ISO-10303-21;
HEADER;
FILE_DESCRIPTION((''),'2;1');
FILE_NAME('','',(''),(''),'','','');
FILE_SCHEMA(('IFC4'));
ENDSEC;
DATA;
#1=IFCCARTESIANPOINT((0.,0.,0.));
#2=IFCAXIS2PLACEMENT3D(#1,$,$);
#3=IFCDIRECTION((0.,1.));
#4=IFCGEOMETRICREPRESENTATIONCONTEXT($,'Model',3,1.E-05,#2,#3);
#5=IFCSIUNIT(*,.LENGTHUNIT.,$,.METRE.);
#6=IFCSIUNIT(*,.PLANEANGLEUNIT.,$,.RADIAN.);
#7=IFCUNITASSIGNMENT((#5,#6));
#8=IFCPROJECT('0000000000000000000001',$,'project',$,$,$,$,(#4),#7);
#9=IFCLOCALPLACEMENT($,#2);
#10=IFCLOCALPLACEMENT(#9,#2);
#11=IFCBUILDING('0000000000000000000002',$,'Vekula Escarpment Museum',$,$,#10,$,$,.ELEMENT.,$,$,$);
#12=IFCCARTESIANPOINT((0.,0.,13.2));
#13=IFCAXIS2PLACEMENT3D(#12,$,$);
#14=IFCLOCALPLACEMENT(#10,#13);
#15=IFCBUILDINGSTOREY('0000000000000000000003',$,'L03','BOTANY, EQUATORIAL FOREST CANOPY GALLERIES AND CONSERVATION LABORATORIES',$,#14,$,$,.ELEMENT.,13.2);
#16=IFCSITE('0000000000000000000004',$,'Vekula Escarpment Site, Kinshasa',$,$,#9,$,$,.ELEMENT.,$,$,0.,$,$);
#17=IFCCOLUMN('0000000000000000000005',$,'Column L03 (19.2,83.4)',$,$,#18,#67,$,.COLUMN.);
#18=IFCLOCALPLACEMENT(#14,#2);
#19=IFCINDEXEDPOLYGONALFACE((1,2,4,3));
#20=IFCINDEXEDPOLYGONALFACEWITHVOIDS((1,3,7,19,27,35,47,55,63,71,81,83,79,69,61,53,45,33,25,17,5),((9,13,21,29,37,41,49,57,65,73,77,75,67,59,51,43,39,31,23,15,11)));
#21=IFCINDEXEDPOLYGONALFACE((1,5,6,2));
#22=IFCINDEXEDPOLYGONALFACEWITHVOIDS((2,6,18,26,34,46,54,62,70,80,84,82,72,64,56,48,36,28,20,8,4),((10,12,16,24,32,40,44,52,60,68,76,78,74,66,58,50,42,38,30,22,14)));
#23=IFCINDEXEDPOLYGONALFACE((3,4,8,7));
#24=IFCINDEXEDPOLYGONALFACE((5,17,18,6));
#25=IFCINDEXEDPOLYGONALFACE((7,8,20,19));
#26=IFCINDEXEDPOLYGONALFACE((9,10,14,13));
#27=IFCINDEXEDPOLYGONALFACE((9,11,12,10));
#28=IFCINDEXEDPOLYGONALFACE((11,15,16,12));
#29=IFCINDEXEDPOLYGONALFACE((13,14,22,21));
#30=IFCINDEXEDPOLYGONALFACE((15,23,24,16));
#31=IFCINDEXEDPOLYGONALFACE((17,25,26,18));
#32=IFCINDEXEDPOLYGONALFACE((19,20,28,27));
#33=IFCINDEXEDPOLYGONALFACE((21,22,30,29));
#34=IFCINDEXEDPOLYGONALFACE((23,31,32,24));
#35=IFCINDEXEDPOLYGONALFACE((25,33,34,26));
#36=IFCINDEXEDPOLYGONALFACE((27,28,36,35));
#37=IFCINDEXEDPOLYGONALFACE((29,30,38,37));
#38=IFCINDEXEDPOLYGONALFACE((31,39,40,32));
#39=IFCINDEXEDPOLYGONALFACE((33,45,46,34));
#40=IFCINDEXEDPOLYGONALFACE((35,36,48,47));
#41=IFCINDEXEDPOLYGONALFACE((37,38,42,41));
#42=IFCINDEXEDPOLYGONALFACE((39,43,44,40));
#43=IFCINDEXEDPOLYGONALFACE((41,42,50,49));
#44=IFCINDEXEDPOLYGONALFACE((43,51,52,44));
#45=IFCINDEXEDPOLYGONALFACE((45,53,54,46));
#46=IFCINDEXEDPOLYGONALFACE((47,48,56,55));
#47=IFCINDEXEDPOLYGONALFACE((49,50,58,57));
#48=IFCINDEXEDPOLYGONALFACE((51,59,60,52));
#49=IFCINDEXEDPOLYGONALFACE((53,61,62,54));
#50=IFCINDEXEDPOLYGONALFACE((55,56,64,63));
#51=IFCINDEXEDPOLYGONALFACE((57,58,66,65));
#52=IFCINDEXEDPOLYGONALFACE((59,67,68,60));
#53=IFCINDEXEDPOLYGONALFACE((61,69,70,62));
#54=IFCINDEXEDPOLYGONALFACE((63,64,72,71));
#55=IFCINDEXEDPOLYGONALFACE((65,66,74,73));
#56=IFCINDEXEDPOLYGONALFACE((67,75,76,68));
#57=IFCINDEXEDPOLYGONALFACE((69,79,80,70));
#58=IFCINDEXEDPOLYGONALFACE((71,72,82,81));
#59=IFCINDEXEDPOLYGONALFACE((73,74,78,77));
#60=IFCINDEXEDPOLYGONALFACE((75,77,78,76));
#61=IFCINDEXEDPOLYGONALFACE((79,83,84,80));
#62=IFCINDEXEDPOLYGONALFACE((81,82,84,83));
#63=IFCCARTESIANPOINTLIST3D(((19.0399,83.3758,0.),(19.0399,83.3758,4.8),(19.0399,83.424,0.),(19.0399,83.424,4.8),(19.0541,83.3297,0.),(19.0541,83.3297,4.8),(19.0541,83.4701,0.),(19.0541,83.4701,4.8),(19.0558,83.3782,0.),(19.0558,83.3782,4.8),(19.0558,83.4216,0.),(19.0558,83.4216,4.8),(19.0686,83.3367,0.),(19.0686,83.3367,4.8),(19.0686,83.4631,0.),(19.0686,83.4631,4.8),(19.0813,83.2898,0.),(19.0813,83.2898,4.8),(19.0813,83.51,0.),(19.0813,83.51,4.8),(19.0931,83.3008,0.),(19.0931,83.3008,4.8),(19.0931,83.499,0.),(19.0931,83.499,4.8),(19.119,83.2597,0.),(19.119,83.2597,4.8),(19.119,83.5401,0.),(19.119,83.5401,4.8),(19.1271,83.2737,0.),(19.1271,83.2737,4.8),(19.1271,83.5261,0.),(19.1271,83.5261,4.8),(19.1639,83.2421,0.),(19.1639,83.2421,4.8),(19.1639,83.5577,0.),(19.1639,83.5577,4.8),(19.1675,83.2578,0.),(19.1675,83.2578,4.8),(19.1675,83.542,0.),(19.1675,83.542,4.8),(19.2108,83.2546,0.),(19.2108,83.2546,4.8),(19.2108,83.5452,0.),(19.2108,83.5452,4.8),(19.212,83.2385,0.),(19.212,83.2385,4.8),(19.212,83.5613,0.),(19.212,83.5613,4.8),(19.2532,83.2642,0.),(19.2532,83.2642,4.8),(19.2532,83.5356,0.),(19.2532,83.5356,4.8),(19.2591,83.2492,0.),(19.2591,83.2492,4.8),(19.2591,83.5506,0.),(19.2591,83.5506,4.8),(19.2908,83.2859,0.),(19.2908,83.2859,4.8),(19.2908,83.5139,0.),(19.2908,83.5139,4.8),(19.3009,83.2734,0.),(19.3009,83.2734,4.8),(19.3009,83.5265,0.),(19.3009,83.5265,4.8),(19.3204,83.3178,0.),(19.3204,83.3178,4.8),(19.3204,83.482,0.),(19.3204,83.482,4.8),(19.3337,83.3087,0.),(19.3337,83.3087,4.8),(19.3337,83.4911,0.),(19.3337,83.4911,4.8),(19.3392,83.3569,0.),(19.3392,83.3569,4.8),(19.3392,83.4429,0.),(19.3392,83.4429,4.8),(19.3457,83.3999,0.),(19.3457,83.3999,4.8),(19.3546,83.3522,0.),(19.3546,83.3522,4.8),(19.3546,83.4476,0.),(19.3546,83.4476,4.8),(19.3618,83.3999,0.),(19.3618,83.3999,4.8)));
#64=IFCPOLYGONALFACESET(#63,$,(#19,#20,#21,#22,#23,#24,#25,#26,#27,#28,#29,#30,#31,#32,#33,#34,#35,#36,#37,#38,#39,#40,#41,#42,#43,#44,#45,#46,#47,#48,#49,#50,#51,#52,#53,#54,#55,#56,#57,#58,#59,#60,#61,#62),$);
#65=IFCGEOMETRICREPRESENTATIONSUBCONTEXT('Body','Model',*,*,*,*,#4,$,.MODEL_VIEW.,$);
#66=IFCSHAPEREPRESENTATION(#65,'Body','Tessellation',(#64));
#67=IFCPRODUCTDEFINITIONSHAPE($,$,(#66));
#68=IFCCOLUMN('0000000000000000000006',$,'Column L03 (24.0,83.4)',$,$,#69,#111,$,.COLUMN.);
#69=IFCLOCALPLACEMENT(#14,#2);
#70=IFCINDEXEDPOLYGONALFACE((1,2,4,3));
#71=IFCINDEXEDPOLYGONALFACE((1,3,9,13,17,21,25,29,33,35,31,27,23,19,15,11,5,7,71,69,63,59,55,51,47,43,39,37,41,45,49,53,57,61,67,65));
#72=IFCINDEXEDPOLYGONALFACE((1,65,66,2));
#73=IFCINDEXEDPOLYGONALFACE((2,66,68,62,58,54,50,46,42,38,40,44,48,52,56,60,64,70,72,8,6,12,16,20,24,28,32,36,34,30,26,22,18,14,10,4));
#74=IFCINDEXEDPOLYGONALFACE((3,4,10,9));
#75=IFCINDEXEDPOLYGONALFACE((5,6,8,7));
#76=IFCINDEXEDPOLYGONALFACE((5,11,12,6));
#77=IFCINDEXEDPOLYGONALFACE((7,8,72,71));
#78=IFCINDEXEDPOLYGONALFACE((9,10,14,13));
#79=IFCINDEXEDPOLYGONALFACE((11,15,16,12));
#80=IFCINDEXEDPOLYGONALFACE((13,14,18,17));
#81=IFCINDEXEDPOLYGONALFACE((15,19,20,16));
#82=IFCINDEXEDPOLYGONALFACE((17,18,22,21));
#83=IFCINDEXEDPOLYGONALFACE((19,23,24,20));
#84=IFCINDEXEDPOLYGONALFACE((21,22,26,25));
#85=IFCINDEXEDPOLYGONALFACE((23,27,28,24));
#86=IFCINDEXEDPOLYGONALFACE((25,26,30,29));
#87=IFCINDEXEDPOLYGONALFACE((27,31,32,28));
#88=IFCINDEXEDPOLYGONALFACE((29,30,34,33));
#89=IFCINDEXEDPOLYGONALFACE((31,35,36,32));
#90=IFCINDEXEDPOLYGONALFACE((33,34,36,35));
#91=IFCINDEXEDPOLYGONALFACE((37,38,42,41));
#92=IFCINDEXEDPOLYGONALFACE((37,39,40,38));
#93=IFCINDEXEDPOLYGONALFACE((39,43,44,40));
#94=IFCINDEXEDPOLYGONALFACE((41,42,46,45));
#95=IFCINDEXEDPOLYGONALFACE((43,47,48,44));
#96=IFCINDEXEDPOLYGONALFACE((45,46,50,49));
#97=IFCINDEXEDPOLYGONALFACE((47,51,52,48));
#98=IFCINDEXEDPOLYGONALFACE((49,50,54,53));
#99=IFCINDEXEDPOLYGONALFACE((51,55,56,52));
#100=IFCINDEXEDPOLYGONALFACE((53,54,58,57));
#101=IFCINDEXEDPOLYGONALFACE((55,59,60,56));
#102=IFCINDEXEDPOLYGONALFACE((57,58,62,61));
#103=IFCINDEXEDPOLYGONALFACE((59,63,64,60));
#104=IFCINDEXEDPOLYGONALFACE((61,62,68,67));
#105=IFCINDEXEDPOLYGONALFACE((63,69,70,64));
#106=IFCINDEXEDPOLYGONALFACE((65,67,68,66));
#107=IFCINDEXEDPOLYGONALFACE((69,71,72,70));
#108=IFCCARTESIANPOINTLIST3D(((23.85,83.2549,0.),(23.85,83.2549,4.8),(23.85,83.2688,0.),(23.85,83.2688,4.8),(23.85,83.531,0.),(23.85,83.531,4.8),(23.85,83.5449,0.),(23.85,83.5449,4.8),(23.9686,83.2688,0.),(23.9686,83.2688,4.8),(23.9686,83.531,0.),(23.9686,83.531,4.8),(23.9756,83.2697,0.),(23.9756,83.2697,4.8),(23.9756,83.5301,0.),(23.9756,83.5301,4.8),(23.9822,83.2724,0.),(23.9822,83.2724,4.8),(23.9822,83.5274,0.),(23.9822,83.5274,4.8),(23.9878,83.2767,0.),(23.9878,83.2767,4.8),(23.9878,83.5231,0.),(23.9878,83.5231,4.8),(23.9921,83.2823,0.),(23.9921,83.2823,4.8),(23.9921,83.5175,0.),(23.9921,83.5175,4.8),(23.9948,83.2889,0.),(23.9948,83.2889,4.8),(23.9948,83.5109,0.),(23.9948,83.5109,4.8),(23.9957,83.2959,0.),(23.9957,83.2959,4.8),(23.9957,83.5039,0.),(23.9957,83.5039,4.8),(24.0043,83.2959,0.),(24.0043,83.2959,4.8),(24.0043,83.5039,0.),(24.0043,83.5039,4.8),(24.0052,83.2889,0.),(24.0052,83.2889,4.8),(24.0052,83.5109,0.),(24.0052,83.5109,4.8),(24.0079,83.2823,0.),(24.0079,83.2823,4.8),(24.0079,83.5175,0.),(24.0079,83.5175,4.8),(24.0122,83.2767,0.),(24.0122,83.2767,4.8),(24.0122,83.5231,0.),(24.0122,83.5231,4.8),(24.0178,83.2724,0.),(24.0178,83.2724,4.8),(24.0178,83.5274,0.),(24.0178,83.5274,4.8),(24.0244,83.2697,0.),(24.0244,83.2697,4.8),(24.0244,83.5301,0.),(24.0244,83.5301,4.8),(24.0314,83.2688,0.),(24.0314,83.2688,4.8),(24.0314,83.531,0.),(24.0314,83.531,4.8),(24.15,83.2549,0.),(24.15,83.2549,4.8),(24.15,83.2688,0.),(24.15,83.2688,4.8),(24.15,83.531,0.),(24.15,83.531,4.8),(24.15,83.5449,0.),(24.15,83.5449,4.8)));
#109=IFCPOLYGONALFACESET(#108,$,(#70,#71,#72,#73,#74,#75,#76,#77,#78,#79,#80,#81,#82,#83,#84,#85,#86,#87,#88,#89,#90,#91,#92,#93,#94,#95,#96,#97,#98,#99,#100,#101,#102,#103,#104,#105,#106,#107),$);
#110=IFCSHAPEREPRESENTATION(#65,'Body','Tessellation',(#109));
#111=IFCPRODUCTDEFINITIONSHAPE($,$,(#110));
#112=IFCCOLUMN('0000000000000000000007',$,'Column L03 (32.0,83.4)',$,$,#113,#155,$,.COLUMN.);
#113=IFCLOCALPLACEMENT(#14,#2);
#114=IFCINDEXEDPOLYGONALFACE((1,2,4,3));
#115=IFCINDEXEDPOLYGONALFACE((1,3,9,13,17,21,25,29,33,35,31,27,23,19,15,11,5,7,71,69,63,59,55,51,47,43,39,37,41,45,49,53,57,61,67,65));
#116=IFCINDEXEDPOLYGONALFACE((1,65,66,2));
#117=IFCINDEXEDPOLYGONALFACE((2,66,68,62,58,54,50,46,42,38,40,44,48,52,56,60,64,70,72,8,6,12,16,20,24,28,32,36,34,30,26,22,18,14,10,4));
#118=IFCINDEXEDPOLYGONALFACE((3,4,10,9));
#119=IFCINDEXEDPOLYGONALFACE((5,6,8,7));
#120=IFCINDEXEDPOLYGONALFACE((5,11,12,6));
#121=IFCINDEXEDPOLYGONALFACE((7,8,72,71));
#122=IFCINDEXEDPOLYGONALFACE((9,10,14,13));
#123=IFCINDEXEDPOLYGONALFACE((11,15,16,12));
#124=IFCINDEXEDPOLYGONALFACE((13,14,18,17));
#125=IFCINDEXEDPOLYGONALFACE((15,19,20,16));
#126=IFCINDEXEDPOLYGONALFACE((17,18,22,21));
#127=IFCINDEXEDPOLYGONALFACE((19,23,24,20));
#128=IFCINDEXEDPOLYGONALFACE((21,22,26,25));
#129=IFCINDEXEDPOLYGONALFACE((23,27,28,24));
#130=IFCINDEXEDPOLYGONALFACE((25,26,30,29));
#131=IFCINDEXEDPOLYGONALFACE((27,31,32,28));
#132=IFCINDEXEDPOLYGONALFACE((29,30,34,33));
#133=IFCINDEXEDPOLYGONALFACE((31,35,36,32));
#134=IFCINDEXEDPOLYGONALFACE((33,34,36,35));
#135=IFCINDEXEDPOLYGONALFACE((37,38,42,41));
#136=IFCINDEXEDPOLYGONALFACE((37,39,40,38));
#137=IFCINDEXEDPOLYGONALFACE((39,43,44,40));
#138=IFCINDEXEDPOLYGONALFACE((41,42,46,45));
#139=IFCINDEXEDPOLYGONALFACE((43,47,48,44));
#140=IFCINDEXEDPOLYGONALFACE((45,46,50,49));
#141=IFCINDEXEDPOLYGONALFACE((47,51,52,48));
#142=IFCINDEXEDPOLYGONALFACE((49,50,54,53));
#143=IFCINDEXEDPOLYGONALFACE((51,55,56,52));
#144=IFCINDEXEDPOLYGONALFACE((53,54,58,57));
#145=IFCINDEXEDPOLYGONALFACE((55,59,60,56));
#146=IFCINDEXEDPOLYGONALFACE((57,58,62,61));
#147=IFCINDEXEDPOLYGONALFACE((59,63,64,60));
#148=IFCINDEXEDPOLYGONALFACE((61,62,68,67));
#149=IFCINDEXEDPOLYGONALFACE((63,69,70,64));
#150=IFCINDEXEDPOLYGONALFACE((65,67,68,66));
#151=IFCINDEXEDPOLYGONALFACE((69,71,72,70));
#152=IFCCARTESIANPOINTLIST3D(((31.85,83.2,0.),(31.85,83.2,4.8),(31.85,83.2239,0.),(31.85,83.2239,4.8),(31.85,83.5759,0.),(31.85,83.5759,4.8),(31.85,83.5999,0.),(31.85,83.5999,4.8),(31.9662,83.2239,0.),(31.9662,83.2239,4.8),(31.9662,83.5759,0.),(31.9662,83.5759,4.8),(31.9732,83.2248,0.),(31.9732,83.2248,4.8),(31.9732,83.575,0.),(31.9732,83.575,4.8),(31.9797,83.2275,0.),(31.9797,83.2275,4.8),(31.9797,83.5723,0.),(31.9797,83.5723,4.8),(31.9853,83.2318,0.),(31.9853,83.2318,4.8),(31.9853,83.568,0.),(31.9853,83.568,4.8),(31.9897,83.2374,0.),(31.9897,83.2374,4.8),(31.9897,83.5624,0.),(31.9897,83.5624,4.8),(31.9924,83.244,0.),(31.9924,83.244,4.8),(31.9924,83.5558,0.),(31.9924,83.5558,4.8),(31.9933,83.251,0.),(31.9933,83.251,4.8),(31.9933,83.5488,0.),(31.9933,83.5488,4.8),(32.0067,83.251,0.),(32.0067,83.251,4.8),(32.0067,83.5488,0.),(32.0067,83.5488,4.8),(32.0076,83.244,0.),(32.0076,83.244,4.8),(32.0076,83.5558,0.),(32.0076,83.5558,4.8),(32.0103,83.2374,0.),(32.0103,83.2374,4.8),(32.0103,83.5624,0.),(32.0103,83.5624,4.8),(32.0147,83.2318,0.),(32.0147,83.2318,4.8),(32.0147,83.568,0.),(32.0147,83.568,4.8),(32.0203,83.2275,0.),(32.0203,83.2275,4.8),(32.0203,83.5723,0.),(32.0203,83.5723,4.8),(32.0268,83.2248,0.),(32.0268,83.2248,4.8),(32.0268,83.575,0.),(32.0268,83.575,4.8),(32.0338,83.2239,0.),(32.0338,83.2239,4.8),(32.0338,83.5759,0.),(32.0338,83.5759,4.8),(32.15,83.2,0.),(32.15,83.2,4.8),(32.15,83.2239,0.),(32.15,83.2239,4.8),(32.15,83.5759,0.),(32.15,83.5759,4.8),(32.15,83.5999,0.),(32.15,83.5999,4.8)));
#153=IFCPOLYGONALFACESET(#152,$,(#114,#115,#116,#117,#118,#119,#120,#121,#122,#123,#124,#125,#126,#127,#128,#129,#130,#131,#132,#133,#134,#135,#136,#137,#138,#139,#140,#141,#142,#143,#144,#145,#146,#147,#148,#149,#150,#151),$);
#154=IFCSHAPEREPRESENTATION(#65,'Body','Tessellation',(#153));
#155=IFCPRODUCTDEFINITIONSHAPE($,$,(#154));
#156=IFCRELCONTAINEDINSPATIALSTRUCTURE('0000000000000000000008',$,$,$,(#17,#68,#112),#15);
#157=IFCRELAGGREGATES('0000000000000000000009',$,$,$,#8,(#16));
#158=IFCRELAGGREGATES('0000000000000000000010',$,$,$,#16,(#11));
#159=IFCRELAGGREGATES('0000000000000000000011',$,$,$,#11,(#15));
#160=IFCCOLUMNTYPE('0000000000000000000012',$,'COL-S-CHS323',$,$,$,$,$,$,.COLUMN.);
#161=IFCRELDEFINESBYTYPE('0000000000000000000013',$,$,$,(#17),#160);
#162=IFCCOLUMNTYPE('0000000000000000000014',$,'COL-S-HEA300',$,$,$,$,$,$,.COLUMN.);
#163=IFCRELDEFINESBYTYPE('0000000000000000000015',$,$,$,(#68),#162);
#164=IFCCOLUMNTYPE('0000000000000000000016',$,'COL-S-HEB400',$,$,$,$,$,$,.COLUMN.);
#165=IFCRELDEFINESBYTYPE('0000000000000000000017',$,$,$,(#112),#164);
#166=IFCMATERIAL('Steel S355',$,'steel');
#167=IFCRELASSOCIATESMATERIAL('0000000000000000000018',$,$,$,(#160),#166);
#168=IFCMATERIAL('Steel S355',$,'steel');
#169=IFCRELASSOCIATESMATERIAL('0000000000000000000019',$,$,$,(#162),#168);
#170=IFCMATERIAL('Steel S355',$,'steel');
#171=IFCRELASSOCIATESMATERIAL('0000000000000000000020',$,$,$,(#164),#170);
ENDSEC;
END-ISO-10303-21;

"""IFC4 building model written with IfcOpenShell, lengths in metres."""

from ifc_helpers import new_model, si_unit, direction, frame, origin, origin_2d, place, context, subcontext, project, spatial, hollow_circle, i_section, extrude, material, material_profile, profile_set, type_object, element, save


model = new_model("IFC4")

# Units and contexts
model_context = context("Model", 3, precision=1e-05, world=origin(), true_north=direction((0.0, 1.0)))
body_context = subcontext(model_context, "Body", "Model", "MODEL_VIEW")
ifc_project = project(units=[si_unit("LENGTHUNIT", "METRE"), si_unit("PLANEANGLEUNIT", "RADIAN")], contexts=[model_context])

# Site, building, storey
site_placement = place(None, origin())
site = spatial("IfcSite", under=ifc_project, at=site_placement, Name="Vekula Escarpment Site, Kinshasa", CompositionType="ELEMENT", RefElevation=0.0)
building_placement = place(site_placement, origin())
building = spatial("IfcBuilding", under=site, at=building_placement, Name="Vekula Escarpment Museum", CompositionType="ELEMENT")
storey_placement = place(building_placement, frame((0.0, 0.0, 13.2)))
storey = spatial("IfcBuildingStorey", under=building, at=storey_placement, Name="L03", Description="BOTANY, EQUATORIAL FOREST CANOPY GALLERIES AND CONSERVATION LABORATORIES", CompositionType="ELEMENT", Elevation=13.2)

# Columns
ifc_material_1 = material(Name="Steel S355", Category="steel")
ifc_material_profile_1 = material_profile(ifc_material_1, hollow_circle(Radius=0.1619, WallThickness=0.0161, at=origin_2d()), Name="CHS 323.9x16")
ifc_profile_set_1 = profile_set([ifc_material_profile_1], Name="Steel S355")
column_type_1 = type_object("IfcColumnType", Name="COL-S-CHS323", PredefinedType="COLUMN", material=ifc_profile_set_1)
column_1_placement = place(storey_placement, frame((19.2, 83.3999, 0.0), z_axis=(0.0, 0.0, 1.0), x_axis=(1.0, 0.0, 0.0)))
element("IfcColumn", 1, at=column_1_placement, inside=storey, type_object=column_type_1, Name="Column L03 (19.2,83.4)", PredefinedType="COLUMN", context=body_context, shape_type="SweptSolid", body=[
    extrude(hollow_circle(Radius=0.1619, WallThickness=0.0161, at=origin_2d()), origin(), (0.0, 0.0, 1.0), 4.8),
])
ifc_material_2 = material(Name="Steel S355", Category="steel")
ifc_material_profile_2 = material_profile(ifc_material_2, i_section(OverallWidth=0.3, OverallDepth=0.29, WebThickness=0.0085, FlangeThickness=0.0139, FilletRadius=0.0271, at=origin_2d()), Name="HEA 300")
ifc_profile_set_2 = profile_set([ifc_material_profile_2], Name="Steel S355")
column_type_2 = type_object("IfcColumnType", Name="COL-S-HEA300", PredefinedType="COLUMN", material=ifc_profile_set_2)
column_2_placement = place(storey_placement, frame((24.0, 83.3999, 0.0), z_axis=(0.0, 0.0, 1.0), x_axis=(1.0, 0.0, 0.0)))
element("IfcColumn", 2, at=column_2_placement, inside=storey, type_object=column_type_2, Name="Column L03 (24.0,83.4)", PredefinedType="COLUMN", context=body_context, shape_type="SweptSolid", body=[
    extrude(i_section(OverallWidth=0.3, OverallDepth=0.29, WebThickness=0.0085, FlangeThickness=0.0139, FilletRadius=0.0271, at=origin_2d()), origin(), (0.0, 0.0, 1.0), 4.8),
])
ifc_material_3 = material(Name="Steel S355", Category="steel")
ifc_material_profile_3 = material_profile(ifc_material_3, i_section(OverallWidth=0.3, OverallDepth=0.3999, WebThickness=0.0134, FlangeThickness=0.0239, FilletRadius=0.0271, at=origin_2d()), Name="HEB 400")
ifc_profile_set_3 = profile_set([ifc_material_profile_3], Name="Steel S355")
column_type_3 = type_object("IfcColumnType", Name="COL-S-HEB400", PredefinedType="COLUMN", material=ifc_profile_set_3)
column_3_placement = place(storey_placement, frame((32.0, 83.3999, 0.0), z_axis=(0.0, 0.0, 1.0), x_axis=(1.0, 0.0, 0.0)))
element("IfcColumn", 3, at=column_3_placement, inside=storey, type_object=column_type_3, Name="Column L03 (32.0,83.4)", PredefinedType="COLUMN", context=body_context, shape_type="SweptSolid", body=[
    extrude(i_section(OverallWidth=0.3, OverallDepth=0.3999, WebThickness=0.0134, FlangeThickness=0.0239, FilletRadius=0.0271, at=origin_2d()), origin(), (0.0, 0.0, 1.0), 4.8),
])

save(model, "model.ifc")
